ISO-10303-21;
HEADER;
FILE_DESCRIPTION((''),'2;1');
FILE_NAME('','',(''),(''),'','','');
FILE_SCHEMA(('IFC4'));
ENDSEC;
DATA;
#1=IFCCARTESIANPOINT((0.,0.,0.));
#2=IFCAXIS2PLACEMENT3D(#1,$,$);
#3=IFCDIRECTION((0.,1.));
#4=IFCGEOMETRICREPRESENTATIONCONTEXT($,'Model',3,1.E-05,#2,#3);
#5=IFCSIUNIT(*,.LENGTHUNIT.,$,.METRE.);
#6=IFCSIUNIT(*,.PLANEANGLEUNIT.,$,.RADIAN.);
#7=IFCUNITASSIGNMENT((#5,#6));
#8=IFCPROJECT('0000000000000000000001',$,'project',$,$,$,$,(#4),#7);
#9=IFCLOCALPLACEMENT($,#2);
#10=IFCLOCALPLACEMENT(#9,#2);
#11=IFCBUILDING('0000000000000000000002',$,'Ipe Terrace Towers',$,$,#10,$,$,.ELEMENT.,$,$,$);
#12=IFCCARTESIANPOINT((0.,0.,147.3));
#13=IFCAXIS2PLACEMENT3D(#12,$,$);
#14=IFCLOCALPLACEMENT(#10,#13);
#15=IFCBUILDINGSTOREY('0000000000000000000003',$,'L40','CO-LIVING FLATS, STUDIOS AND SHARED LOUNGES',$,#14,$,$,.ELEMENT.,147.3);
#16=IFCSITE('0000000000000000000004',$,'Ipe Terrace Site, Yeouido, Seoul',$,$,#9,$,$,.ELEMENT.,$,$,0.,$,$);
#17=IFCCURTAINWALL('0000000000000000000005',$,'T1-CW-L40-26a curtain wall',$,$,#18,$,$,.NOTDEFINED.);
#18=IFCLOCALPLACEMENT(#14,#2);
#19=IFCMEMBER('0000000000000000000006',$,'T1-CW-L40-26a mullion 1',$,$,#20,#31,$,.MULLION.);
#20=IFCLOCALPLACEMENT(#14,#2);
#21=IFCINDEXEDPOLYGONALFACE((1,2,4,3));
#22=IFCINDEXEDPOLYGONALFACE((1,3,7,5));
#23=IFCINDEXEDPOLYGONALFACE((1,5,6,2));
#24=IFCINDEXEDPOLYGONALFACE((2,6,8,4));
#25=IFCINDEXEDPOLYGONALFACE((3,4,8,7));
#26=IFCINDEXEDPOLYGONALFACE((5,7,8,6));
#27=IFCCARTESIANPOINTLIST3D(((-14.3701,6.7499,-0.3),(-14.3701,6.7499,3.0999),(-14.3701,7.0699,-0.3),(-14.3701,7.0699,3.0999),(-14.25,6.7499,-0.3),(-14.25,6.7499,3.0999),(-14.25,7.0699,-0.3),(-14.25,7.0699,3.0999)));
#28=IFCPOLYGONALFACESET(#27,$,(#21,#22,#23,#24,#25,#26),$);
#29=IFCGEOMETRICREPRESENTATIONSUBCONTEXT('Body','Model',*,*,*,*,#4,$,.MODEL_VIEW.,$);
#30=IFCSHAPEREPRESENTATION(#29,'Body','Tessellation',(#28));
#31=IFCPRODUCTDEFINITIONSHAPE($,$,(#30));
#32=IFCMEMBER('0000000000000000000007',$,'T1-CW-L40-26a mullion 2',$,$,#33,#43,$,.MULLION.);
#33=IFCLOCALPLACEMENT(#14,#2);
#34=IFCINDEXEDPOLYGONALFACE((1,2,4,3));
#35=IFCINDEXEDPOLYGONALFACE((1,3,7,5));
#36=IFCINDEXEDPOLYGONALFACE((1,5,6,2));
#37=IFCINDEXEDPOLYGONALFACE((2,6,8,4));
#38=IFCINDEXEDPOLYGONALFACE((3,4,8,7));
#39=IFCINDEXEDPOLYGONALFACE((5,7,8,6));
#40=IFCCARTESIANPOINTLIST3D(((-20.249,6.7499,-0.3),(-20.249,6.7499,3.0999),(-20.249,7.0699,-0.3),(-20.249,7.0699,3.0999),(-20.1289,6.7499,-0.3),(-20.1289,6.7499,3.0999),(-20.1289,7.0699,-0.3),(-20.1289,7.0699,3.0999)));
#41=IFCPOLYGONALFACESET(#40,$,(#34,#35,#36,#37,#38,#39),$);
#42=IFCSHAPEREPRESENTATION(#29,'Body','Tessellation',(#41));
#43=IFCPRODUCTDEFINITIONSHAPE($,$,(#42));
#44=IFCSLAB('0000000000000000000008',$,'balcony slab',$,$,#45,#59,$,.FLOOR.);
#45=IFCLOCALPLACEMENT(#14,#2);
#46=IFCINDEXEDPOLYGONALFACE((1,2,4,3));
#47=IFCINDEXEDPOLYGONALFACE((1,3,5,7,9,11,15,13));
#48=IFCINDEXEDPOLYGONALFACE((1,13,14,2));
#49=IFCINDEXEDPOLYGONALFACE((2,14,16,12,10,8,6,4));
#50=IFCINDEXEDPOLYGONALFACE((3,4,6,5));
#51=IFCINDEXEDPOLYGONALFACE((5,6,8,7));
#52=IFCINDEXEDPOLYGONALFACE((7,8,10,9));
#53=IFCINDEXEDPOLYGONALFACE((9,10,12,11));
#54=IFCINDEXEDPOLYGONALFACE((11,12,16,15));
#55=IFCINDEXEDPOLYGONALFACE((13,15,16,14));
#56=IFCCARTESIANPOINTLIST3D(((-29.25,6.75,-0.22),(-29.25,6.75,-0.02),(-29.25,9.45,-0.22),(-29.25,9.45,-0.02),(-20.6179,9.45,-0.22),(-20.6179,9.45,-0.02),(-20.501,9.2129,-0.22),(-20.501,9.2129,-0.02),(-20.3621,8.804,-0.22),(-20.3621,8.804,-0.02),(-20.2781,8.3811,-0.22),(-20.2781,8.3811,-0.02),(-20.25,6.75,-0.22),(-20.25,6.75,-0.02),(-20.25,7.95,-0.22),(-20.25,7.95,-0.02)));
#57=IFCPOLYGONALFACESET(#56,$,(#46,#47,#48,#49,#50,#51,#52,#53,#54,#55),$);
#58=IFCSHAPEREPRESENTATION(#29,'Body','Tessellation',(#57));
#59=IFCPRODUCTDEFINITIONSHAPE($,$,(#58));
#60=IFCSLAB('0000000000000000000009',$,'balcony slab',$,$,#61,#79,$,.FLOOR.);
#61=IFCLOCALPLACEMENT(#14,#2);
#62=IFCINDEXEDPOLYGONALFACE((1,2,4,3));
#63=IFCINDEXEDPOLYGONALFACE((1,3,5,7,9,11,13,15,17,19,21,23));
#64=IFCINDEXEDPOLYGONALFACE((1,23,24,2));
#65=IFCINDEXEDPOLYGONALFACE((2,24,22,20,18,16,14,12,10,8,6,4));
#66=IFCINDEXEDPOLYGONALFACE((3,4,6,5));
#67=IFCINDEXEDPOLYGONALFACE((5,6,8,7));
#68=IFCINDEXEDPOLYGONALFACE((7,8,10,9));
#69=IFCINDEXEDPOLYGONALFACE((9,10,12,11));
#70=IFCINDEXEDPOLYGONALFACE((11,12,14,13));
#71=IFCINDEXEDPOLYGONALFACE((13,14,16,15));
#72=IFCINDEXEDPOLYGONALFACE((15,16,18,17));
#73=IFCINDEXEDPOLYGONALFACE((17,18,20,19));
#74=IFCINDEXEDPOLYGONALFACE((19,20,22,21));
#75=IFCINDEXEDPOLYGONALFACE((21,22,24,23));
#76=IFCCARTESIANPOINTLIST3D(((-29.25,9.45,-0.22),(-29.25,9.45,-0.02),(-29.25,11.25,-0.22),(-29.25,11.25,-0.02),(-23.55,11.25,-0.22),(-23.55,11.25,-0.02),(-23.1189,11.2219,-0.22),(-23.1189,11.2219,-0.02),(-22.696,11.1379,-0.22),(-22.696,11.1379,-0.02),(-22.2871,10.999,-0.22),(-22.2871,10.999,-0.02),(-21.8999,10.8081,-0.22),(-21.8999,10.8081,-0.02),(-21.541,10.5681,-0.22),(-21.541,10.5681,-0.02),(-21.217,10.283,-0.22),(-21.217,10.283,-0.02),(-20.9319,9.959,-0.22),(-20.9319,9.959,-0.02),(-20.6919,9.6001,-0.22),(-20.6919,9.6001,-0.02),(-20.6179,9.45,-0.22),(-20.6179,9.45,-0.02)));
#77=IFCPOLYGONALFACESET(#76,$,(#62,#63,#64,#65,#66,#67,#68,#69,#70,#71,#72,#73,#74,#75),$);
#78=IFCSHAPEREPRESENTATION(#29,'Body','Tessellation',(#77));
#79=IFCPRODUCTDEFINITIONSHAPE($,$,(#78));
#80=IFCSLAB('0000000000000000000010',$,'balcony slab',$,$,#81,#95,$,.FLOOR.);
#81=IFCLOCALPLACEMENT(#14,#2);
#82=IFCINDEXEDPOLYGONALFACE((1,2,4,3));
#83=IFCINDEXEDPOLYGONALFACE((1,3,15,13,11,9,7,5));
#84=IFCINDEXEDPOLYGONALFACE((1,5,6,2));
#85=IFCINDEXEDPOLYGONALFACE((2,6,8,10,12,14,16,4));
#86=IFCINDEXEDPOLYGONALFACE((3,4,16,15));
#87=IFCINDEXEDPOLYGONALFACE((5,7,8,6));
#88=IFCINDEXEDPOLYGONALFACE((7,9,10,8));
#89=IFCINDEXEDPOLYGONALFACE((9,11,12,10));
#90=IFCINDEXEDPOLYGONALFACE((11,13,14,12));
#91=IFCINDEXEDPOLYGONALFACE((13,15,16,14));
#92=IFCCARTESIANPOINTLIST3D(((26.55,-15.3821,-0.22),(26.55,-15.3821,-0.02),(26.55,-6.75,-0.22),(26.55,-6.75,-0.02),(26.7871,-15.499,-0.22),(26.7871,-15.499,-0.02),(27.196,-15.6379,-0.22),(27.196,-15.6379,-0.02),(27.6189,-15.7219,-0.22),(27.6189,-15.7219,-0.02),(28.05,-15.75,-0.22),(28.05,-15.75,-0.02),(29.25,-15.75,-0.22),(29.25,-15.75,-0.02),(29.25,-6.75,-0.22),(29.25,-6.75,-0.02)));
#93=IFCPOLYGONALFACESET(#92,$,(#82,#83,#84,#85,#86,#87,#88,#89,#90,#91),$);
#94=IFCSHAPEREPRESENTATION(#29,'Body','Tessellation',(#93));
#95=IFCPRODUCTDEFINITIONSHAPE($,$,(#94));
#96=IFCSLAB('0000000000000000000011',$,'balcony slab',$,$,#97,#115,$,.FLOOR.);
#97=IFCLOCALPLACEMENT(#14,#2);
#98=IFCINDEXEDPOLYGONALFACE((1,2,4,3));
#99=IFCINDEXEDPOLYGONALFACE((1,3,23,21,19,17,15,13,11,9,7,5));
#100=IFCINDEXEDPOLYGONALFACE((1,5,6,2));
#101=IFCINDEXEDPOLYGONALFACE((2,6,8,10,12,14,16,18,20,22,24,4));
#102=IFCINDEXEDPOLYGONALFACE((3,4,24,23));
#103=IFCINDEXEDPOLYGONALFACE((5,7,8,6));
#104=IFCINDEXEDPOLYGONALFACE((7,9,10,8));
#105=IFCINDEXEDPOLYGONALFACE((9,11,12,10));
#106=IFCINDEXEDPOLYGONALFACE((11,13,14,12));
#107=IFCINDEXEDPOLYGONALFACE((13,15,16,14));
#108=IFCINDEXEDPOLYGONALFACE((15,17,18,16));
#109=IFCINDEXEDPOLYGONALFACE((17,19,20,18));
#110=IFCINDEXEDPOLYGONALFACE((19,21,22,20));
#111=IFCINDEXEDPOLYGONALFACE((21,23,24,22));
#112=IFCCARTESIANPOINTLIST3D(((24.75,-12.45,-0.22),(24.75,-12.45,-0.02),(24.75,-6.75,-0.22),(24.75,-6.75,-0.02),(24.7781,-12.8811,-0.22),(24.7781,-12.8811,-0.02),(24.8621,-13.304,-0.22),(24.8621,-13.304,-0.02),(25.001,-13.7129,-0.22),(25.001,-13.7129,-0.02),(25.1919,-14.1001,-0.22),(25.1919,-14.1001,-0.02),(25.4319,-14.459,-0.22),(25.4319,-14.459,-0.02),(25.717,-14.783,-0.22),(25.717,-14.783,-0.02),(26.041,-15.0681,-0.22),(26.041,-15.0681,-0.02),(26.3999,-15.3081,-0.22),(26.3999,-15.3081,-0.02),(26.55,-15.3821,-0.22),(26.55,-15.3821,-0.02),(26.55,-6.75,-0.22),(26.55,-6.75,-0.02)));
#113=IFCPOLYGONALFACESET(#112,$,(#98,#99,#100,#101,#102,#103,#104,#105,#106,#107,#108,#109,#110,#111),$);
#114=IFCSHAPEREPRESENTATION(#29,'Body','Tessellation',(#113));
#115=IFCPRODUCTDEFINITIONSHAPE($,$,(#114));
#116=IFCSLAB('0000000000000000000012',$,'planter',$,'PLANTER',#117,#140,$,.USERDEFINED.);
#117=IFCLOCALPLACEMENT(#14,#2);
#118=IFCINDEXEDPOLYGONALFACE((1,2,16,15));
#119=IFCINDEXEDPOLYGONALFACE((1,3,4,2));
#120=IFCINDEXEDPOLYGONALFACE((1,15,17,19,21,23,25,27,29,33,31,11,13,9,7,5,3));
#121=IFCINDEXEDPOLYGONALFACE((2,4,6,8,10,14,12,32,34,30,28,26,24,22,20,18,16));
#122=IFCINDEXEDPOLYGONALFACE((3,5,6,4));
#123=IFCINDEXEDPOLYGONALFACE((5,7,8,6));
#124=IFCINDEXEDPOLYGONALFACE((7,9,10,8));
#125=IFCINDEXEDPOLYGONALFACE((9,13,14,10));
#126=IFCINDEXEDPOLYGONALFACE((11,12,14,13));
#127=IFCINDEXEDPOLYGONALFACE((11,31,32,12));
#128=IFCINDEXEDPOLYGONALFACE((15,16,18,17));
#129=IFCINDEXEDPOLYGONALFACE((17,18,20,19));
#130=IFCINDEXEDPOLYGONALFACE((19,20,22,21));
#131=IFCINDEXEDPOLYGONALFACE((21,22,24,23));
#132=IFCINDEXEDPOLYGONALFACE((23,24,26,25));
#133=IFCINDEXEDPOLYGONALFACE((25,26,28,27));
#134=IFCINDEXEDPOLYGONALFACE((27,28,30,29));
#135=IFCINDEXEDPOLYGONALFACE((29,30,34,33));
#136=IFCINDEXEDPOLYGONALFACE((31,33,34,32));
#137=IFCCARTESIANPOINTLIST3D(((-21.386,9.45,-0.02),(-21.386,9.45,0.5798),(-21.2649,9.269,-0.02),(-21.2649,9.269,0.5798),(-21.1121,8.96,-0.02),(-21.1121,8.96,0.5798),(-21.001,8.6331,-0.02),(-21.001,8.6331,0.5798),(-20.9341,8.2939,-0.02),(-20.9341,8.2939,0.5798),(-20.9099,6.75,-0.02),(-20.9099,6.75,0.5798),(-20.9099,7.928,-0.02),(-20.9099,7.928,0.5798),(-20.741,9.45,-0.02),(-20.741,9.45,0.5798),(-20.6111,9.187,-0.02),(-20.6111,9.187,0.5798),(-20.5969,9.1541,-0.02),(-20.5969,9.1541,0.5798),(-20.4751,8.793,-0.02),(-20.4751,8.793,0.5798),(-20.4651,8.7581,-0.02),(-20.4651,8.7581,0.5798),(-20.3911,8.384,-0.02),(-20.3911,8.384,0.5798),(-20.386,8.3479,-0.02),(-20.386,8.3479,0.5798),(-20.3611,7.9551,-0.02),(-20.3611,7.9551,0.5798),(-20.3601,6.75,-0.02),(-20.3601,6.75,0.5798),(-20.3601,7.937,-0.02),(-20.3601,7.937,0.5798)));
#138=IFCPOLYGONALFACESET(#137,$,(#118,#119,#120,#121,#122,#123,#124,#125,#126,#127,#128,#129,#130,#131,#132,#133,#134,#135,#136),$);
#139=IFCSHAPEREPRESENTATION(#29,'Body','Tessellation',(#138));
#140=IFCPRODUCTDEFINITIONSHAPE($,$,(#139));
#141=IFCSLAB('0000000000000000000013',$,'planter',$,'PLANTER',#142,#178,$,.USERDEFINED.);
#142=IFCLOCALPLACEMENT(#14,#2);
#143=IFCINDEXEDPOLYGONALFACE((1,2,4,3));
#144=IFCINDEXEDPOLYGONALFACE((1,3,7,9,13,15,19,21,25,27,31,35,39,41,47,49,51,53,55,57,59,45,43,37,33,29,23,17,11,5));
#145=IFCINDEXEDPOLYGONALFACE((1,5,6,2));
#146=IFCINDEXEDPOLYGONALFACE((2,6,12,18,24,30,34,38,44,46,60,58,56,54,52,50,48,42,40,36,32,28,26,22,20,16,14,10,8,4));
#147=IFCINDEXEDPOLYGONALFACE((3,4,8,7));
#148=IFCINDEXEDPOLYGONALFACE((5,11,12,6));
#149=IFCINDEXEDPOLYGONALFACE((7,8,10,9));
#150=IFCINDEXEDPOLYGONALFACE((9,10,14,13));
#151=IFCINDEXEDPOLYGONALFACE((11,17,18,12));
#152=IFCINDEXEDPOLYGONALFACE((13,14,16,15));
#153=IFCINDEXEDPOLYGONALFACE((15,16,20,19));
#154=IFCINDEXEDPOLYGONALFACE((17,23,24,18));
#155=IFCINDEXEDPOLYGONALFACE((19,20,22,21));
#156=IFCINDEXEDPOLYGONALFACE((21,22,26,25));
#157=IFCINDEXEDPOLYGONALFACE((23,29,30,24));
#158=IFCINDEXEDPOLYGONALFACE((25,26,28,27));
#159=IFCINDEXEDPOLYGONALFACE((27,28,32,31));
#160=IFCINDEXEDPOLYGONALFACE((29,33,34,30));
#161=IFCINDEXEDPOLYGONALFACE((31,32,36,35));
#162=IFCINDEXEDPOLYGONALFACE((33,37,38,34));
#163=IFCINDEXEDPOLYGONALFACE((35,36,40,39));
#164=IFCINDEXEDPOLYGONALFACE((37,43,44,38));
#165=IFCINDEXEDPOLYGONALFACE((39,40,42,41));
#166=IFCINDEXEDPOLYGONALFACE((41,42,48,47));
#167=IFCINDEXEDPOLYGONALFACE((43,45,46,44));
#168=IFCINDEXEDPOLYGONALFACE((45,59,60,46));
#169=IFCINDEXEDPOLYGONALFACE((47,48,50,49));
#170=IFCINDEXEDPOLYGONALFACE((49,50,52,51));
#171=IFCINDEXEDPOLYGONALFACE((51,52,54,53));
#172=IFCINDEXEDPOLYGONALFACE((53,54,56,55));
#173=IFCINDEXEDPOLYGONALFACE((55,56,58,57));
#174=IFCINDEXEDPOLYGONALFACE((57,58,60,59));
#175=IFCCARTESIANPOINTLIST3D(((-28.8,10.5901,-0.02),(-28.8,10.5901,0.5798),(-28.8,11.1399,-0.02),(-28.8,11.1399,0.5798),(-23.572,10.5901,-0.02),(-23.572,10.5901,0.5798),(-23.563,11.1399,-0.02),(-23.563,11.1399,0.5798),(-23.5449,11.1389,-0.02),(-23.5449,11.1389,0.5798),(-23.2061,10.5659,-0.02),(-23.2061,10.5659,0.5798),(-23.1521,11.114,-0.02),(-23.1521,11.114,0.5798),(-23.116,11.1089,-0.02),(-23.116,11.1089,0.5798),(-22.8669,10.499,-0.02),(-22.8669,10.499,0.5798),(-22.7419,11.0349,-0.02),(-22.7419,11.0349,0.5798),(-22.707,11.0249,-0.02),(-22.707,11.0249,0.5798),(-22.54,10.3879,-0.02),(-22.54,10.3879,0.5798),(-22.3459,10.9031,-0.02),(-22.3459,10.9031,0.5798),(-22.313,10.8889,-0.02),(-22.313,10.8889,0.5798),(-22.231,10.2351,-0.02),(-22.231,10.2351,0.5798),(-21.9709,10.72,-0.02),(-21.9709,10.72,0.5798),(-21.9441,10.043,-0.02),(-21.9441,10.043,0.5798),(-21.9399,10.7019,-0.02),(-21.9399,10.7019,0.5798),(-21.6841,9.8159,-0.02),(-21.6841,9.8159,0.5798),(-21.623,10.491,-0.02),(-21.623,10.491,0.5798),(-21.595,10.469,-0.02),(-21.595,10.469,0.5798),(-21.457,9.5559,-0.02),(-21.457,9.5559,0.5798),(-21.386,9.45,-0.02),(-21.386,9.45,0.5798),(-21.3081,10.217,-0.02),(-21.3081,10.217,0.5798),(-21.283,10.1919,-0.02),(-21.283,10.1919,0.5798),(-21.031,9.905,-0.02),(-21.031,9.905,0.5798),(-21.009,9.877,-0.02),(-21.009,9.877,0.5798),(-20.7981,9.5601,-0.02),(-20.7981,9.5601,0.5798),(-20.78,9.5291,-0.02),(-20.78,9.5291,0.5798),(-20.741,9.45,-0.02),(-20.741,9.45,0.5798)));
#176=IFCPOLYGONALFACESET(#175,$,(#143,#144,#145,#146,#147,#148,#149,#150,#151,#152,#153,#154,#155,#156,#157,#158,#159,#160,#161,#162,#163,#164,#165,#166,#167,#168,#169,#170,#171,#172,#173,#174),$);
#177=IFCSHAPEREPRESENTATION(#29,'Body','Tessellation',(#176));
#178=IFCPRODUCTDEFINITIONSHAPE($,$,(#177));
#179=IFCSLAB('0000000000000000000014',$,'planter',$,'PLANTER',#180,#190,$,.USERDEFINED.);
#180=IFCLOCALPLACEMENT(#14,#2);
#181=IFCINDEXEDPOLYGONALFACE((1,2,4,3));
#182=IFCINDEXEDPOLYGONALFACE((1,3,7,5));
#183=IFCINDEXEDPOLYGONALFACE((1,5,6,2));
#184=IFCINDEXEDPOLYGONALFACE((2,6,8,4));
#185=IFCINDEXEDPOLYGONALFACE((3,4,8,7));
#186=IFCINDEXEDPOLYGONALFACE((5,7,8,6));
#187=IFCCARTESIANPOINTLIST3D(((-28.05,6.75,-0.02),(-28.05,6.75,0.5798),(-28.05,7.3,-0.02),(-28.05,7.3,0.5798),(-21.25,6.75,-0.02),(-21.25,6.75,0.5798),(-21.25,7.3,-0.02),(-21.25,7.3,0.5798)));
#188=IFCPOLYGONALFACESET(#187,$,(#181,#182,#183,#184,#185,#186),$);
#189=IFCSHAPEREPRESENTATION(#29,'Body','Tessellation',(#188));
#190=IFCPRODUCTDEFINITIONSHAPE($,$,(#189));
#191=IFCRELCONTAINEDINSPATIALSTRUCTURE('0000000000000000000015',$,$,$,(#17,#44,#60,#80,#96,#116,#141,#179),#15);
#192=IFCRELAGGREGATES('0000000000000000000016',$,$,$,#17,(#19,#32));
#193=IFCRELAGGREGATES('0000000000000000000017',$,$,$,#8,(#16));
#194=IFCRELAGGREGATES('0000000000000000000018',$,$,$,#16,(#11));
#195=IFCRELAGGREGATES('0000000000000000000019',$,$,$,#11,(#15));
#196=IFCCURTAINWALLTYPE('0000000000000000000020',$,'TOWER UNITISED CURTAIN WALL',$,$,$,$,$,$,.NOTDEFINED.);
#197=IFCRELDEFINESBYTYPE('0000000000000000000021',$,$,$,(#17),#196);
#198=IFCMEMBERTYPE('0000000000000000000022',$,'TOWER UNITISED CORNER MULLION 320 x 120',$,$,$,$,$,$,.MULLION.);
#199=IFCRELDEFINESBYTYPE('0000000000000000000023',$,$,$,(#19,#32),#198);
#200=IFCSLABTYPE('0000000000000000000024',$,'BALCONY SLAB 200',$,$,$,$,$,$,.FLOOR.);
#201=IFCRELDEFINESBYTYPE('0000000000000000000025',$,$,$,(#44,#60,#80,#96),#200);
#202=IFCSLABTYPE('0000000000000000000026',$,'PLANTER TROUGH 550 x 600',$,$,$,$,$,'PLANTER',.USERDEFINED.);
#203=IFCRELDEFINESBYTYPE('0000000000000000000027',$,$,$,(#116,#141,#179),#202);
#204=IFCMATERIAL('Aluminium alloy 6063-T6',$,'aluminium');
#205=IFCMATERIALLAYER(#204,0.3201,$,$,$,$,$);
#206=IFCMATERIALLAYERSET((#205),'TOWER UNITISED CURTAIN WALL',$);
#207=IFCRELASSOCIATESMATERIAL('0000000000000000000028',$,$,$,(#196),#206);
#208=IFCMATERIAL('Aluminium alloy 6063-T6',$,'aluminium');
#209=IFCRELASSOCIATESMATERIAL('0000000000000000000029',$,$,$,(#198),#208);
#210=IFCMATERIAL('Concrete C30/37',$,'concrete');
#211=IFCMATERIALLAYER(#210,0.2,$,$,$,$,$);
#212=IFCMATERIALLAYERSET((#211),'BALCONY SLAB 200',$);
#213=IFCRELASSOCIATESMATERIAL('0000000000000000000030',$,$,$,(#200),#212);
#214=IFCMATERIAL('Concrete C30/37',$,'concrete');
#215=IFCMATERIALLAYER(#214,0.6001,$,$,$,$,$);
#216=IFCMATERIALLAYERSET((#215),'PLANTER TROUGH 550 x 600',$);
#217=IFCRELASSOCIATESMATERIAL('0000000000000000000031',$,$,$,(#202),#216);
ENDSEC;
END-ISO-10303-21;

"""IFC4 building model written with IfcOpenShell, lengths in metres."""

from ifc_helpers import new_model, si_unit, direction, frame, origin, origin_2d, place, context, subcontext, project, spatial, polyline, rectangle, outline, extrude, material, layer, layer_set, material_profile, profile_set, type_object, element, aggregate, save


model = new_model("IFC4")

# Units and contexts
model_context = context("Model", 3, precision=1e-05, world=origin(), true_north=direction((0.0, 1.0)))
body_context = subcontext(model_context, "Body", "Model", "MODEL_VIEW")
ifc_project = project(units=[si_unit("LENGTHUNIT", "METRE"), si_unit("PLANEANGLEUNIT", "RADIAN")], contexts=[model_context])

# Site, building, storey
site_placement = place(None, origin())
site = spatial("IfcSite", under=ifc_project, at=site_placement, Name="Ipe Terrace Site, Yeouido, Seoul", CompositionType="ELEMENT", RefElevation=0.0)
building_placement = place(site_placement, origin())
building = spatial("IfcBuilding", under=site, at=building_placement, Name="Ipe Terrace Towers", CompositionType="ELEMENT")
storey_placement = place(building_placement, frame((0.0, 0.0, 147.3)))
storey = spatial("IfcBuildingStorey", under=building, at=storey_placement, Name="L40", Description="CO-LIVING FLATS, STUDIOS AND SHARED LOUNGES", CompositionType="ELEMENT", Elevation=147.3)

# Shared definitions
ifc_material_1 = material(Name="Aluminium alloy 6063-T6", Category="aluminium")
ifc_layer_1 = layer(ifc_material_1, 0.3201)
ifc_layer_set_1 = layer_set([ifc_layer_1], Name="TOWER UNITISED CURTAIN WALL")
curtain_wall_type = type_object("IfcCurtainWallType", Name="TOWER UNITISED CURTAIN WALL", PredefinedType="NOTDEFINED", material=ifc_layer_set_1)
ifc_material_2 = material(Name="Aluminium alloy 6063-T6", Category="aluminium")
ifc_material_profile_1 = material_profile(ifc_material_2, rectangle(XDim=0.3201, YDim=0.1201, at=origin_2d()), Name="TOWER UNITISED CORNER MULLION 320 x 120")
ifc_profile_set_1 = profile_set([ifc_material_profile_1], Name="Aluminium alloy 6063-T6")
member_type = type_object("IfcMemberType", Name="TOWER UNITISED CORNER MULLION 320 x 120", PredefinedType="MULLION", material=ifc_profile_set_1)

# Curtain wall, members
curtain_wall_1_placement = place(storey_placement, origin())
curtain_wall_1 = element("IfcCurtainWall", 1, at=curtain_wall_1_placement, inside=storey, type_object=curtain_wall_type, Name="T1-CW-L40-26a curtain wall", PredefinedType="NOTDEFINED")
member_1_placement = place(storey_placement, frame((-14.3101, 6.9099, -0.3), z_axis=(0.0, 0.0, 1.0), x_axis=(0.0, 1.0, 0.0)))
member_1 = element("IfcMember", 2, at=member_1_placement, type_object=member_type, Name="T1-CW-L40-26a mullion 1", PredefinedType="MULLION", context=body_context, shape_type="SweptSolid", body=[
    extrude(rectangle(XDim=0.3201, YDim=0.1201, at=origin_2d()), origin(), (0.0, 0.0, 1.0), 3.3999),
])
member_2_placement = place(storey_placement, frame((-20.189, 6.9099, -0.3), z_axis=(0.0, 0.0, 1.0), x_axis=(0.0, 1.0, 0.0)))
member_2 = element("IfcMember", 3, at=member_2_placement, type_object=member_type, Name="T1-CW-L40-26a mullion 2", PredefinedType="MULLION", context=body_context, shape_type="SweptSolid", body=[
    extrude(rectangle(XDim=0.3201, YDim=0.1201, at=origin_2d()), origin(), (0.0, 0.0, 1.0), 3.3999),
])

# Slabs
ifc_material_3 = material(Name="Concrete C30/37", Category="concrete")
ifc_layer_2 = layer(ifc_material_3, 0.2)
ifc_layer_set_2 = layer_set([ifc_layer_2], Name="BALCONY SLAB 200")
slab_type_1 = type_object("IfcSlabType", Name="BALCONY SLAB 200", PredefinedType="FLOOR", material=ifc_layer_set_2)
slab_1_placement = place(storey_placement, frame((0.0, 0.0, -0.22)))
element("IfcSlab", 4, at=slab_1_placement, inside=storey, type_object=slab_type_1, Name="balcony slab", PredefinedType="FLOOR", context=body_context, shape_type="SweptSolid", body=[
    extrude(outline(polyline([(-20.501, 9.2129), (-20.6179, 9.45), (-29.25, 9.45), (-29.25, 6.75), (-20.25, 6.75), (-20.25, 7.95), (-20.2781, 8.3811), (-20.3621, 8.804), (-20.501, 9.2129)])), origin(), (0.0, 0.0, 1.0), 0.2),
])
slab_2_placement = place(storey_placement, frame((0.0, 0.0, -0.22)))
element("IfcSlab", 5, at=slab_2_placement, inside=storey, type_object=slab_type_1, Name="balcony slab", PredefinedType="FLOOR", context=body_context, shape_type="SweptSolid", body=[
    extrude(outline(polyline([(-29.25, 11.25), (-29.25, 9.45), (-20.6179, 9.45), (-20.6919, 9.6001), (-20.9319, 9.959), (-21.217, 10.283), (-21.541, 10.5681), (-21.8999, 10.8081), (-22.2871, 10.999), (-22.696, 11.1379), (-23.1189, 11.2219), (-23.55, 11.25), (-29.25, 11.25)])), origin(), (0.0, 0.0, 1.0), 0.2),
])
slab_3_placement = place(storey_placement, frame((0.0, 0.0, -0.22)))
element("IfcSlab", 6, at=slab_3_placement, inside=storey, type_object=slab_type_1, Name="balcony slab", PredefinedType="FLOOR", context=body_context, shape_type="SweptSolid", body=[
    extrude(outline(polyline([(26.7871, -15.499), (27.196, -15.6379), (27.6189, -15.7219), (28.05, -15.75), (29.25, -15.75), (29.25, -6.75), (26.55, -6.75), (26.55, -15.3821), (26.7871, -15.499)])), origin(), (0.0, 0.0, 1.0), 0.2),
])
slab_4_placement = place(storey_placement, frame((0.0, 0.0, -0.22)))
element("IfcSlab", 7, at=slab_4_placement, inside=storey, type_object=slab_type_1, Name="balcony slab", PredefinedType="FLOOR", context=body_context, shape_type="SweptSolid", body=[
    extrude(outline(polyline([(24.75, -6.75), (24.75, -12.45), (24.7781, -12.8811), (24.8621, -13.304), (25.001, -13.7129), (25.1919, -14.1001), (25.4319, -14.459), (25.717, -14.783), (26.041, -15.0681), (26.3999, -15.3081), (26.55, -15.3821), (26.55, -6.75), (24.75, -6.75)])), origin(), (0.0, 0.0, 1.0), 0.2),
])
ifc_material_4 = material(Name="Concrete C30/37", Category="concrete")
ifc_layer_3 = layer(ifc_material_4, 0.6001)
ifc_layer_set_3 = layer_set([ifc_layer_3], Name="PLANTER TROUGH 550 x 600")
slab_type_2 = type_object("IfcSlabType", Name="PLANTER TROUGH 550 x 600", ElementType="PLANTER", PredefinedType="USERDEFINED", material=ifc_layer_set_3)
slab_5_placement = place(storey_placement, frame((0.0, 0.0, -0.02)))
element("IfcSlab", 8, at=slab_5_placement, inside=storey, type_object=slab_type_2, Name="planter", ObjectType="PLANTER", PredefinedType="USERDEFINED", context=body_context, shape_type="SweptSolid", body=[
    extrude(outline(polyline([(-21.001, 8.6331), (-20.9341, 8.2939), (-20.9099, 7.928), (-20.9099, 6.75), (-20.3601, 6.75), (-20.3601, 7.937), (-20.3611, 7.9551), (-20.386, 8.3479), (-20.3911, 8.384), (-20.4651, 8.7581), (-20.4751, 8.793), (-20.5969, 9.1541), (-20.6111, 9.187), (-20.741, 9.45), (-21.386, 9.45), (-21.2649, 9.269), (-21.1121, 8.96), (-21.001, 8.6331)])), origin(), (0.0, 0.0, 1.0), 0.5999),
])
slab_6_placement = place(storey_placement, frame((0.0, 0.0, -0.02)))
element("IfcSlab", 9, at=slab_6_placement, inside=storey, type_object=slab_type_2, Name="planter", ObjectType="PLANTER", PredefinedType="USERDEFINED", context=body_context, shape_type="SweptSolid", body=[
    extrude(outline(polyline([(-21.457, 9.5559), (-21.386, 9.45), (-20.741, 9.45), (-20.78, 9.5291), (-20.7981, 9.5601), (-21.009, 9.877), (-21.031, 9.905), (-21.283, 10.1919), (-21.3081, 10.217), (-21.595, 10.469), (-21.623, 10.491), (-21.9399, 10.7019), (-21.9709, 10.72), (-22.313, 10.8889), (-22.3459, 10.9031), (-22.707, 11.0249), (-22.7419, 11.0349), (-23.116, 11.1089), (-23.1521, 11.114), (-23.5449, 11.1389), (-23.563, 11.1399), (-28.8, 11.1399), (-28.8, 10.5901), (-23.572, 10.5901), (-23.2061, 10.5659), (-22.8669, 10.499), (-22.54, 10.3879), (-22.231, 10.2351), (-21.9441, 10.043), (-21.6841, 9.8159), (-21.457, 9.5559)])), origin(), (0.0, 0.0, 1.0), 0.5999),
])
slab_7_placement = place(storey_placement, frame((0.0, 0.0, -0.02)))
element("IfcSlab", 10, at=slab_7_placement, inside=storey, type_object=slab_type_2, Name="planter", ObjectType="PLANTER", PredefinedType="USERDEFINED", context=body_context, shape_type="SweptSolid", body=[
    extrude(outline(polyline([(-28.05, 6.75), (-21.25, 6.75), (-21.25, 7.3), (-28.05, 7.3), (-28.05, 6.75)])), origin(), (0.0, 0.0, 1.0), 0.5999),
])

aggregate(curtain_wall_1, [member_1, member_2])

save(model, "model.ifc")
